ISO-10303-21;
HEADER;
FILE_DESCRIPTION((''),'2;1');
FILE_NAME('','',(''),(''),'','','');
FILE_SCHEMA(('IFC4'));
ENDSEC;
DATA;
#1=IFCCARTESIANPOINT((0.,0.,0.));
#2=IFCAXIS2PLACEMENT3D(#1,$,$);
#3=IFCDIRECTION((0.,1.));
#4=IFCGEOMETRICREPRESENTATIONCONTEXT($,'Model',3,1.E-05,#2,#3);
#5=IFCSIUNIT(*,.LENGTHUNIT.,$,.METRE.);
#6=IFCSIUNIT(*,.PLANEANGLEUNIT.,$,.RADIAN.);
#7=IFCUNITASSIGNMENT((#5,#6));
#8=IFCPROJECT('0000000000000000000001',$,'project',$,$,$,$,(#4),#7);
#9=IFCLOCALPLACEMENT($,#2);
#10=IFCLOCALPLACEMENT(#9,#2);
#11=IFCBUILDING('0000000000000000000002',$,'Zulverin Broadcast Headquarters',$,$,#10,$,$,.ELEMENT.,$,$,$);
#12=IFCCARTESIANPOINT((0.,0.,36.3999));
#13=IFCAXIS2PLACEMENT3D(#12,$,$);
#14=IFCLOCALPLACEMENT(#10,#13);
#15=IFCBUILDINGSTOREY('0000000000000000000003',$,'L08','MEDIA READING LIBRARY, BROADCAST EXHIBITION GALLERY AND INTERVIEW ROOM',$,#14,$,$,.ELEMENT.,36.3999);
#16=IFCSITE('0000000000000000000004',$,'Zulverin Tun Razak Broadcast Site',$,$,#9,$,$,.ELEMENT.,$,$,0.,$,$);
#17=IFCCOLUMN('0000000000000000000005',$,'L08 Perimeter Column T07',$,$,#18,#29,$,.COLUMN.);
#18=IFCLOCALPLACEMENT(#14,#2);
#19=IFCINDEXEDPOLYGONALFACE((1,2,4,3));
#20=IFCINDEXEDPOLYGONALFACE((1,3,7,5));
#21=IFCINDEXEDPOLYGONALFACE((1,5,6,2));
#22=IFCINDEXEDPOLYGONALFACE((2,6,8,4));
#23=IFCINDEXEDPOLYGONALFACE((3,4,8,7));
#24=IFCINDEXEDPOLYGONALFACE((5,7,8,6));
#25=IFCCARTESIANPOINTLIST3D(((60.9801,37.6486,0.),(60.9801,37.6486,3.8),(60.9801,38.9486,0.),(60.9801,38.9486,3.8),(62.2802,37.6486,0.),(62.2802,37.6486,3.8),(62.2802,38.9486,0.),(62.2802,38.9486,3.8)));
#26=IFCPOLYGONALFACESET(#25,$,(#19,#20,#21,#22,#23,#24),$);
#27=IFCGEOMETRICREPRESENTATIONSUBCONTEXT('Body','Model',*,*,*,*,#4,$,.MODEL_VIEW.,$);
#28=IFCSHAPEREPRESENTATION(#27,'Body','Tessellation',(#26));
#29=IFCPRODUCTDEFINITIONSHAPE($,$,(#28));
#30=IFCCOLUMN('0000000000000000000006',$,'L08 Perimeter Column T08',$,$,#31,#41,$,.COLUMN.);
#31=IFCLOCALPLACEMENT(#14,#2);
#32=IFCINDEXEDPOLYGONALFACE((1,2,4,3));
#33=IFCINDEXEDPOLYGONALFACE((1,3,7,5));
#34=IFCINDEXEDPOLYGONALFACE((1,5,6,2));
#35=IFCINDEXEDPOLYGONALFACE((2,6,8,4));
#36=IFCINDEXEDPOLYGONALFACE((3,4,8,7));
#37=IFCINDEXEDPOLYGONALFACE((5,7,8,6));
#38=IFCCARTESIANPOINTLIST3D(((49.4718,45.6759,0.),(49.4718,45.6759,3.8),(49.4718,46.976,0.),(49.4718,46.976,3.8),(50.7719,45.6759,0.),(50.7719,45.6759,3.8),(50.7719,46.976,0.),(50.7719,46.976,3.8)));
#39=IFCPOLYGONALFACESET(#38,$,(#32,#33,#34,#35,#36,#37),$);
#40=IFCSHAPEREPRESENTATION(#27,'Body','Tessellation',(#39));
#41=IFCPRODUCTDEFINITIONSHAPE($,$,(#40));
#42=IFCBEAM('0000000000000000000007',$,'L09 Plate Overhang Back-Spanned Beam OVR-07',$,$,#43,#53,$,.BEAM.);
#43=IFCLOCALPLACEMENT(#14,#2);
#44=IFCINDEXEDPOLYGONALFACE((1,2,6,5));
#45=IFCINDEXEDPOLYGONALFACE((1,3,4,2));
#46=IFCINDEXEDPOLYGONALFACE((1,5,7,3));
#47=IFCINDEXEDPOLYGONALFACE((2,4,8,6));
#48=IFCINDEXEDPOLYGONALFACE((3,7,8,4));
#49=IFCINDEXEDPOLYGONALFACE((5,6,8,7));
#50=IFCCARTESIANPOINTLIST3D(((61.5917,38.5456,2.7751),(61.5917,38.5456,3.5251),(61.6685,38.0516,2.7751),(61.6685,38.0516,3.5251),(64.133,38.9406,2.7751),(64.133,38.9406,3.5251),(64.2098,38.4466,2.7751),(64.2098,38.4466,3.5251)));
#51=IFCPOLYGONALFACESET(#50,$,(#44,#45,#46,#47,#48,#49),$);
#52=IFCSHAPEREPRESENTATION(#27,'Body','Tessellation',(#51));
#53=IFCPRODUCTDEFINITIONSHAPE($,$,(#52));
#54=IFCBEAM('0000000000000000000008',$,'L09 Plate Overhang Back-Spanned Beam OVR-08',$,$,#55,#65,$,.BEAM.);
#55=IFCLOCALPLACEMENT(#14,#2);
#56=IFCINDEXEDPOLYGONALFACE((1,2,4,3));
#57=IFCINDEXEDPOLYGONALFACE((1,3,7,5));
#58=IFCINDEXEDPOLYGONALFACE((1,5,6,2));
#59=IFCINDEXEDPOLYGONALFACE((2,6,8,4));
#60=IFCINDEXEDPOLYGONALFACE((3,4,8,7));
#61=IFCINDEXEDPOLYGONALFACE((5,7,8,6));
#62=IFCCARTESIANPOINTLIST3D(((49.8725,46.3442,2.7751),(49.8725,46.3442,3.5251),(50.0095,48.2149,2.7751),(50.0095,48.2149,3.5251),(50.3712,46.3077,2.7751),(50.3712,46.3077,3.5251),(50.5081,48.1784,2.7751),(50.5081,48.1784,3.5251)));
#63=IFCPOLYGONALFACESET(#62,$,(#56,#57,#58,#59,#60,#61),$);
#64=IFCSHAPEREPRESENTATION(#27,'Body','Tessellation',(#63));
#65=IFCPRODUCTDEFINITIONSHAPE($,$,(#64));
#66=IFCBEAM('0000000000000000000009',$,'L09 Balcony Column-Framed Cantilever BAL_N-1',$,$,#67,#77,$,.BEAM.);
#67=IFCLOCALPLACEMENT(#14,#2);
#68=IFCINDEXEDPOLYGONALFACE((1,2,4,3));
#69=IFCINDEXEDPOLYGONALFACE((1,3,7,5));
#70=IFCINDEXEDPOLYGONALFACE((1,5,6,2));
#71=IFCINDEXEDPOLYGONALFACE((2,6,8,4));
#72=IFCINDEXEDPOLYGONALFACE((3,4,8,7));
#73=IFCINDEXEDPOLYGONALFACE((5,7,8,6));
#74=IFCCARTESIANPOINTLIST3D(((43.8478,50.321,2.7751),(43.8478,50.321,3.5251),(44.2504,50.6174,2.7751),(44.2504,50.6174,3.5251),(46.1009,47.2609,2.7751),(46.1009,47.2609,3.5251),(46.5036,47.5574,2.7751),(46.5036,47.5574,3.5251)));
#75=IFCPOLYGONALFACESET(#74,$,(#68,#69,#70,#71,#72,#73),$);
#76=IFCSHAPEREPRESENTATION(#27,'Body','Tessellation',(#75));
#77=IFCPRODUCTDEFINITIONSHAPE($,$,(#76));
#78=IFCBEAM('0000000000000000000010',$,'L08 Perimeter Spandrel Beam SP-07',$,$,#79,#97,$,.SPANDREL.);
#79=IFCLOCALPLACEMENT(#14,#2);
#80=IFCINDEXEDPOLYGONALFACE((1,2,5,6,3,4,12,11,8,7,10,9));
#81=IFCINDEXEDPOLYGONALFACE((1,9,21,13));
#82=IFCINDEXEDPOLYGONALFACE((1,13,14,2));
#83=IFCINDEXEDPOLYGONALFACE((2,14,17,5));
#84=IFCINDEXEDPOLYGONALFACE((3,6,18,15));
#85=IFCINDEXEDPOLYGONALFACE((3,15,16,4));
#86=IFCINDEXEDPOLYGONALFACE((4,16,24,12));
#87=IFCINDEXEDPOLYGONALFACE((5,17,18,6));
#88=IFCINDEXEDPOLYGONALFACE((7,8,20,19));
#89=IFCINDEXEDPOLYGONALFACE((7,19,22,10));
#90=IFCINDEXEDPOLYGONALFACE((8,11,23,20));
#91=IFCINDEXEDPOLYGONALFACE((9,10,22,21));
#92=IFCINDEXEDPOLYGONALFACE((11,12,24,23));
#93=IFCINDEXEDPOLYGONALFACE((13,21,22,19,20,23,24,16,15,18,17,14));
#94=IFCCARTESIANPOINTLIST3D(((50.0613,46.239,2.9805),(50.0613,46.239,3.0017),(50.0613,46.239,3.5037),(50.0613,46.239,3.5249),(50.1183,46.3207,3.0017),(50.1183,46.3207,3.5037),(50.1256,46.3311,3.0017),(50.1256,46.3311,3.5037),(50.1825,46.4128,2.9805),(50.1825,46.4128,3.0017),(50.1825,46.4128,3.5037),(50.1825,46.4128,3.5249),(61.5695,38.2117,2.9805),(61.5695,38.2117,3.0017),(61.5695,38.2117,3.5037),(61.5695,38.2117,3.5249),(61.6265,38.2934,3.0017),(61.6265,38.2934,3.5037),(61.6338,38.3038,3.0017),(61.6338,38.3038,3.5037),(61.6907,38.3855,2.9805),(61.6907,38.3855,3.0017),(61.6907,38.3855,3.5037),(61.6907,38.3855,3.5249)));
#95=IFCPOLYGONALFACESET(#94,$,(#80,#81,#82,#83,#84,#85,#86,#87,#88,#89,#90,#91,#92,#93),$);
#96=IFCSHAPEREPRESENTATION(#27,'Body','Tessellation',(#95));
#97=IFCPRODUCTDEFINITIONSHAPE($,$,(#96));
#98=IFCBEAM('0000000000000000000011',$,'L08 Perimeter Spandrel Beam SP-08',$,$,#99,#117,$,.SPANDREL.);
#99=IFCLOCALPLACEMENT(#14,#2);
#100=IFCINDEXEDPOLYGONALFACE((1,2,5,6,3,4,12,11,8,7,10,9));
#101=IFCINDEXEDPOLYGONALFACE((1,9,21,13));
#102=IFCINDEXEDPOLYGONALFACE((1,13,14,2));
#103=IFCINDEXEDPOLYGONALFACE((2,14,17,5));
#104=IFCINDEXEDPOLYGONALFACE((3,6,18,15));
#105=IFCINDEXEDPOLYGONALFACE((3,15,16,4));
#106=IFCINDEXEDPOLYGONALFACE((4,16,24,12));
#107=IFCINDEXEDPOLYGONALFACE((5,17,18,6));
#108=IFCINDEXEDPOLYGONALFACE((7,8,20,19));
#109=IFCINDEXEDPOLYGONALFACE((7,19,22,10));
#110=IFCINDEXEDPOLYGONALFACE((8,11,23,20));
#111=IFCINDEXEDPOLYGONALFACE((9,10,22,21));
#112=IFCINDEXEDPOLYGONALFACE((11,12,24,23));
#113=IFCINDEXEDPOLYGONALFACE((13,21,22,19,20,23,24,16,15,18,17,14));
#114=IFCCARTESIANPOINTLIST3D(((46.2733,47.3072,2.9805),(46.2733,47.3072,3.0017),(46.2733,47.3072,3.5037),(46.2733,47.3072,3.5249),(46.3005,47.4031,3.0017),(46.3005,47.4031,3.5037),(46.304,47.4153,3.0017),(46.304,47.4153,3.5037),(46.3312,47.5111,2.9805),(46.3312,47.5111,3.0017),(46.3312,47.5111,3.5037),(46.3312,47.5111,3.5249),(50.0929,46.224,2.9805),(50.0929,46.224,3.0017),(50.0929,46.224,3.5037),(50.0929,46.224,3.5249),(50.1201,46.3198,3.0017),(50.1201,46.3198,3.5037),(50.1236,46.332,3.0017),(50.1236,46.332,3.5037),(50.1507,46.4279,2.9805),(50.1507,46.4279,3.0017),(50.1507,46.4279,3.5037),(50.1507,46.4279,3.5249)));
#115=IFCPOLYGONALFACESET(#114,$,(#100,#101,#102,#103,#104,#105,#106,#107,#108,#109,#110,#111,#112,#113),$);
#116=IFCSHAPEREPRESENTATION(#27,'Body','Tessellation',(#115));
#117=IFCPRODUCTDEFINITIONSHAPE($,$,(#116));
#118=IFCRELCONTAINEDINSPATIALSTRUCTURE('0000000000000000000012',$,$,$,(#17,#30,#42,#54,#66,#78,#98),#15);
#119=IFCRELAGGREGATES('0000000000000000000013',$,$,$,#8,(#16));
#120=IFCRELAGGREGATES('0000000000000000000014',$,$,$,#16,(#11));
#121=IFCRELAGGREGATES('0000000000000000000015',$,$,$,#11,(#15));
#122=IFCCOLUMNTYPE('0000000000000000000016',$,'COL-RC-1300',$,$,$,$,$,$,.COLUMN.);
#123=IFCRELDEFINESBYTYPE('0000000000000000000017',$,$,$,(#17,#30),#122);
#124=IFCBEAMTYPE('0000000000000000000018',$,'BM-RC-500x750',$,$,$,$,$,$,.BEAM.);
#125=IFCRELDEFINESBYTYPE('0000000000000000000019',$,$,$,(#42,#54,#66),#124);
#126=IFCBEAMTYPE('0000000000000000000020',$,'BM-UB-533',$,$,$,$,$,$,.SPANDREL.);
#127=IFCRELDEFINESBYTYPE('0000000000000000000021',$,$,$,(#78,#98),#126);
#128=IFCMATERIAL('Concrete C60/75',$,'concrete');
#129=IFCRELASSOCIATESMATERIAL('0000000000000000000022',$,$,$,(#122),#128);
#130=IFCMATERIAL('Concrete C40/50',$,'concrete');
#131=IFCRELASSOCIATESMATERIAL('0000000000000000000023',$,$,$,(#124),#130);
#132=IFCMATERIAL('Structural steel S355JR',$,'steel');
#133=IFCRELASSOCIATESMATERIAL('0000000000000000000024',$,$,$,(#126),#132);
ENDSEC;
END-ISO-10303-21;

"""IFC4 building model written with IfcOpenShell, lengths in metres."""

from ifc_helpers import new_model, si_unit, direction, frame, origin, origin_2d, place, context, subcontext, project, spatial, rectangle, i_section, extrude, material, material_profile, profile_set, type_object, element, save


model = new_model("IFC4")

# Units and contexts
model_context = context("Model", 3, precision=1e-05, world=origin(), true_north=direction((0.0, 1.0)))
body_context = subcontext(model_context, "Body", "Model", "MODEL_VIEW")
ifc_project = project(units=[si_unit("LENGTHUNIT", "METRE"), si_unit("PLANEANGLEUNIT", "RADIAN")], contexts=[model_context])

# Site, building, storey
site_placement = place(None, origin())
site = spatial("IfcSite", under=ifc_project, at=site_placement, Name="Zulverin Tun Razak Broadcast Site", CompositionType="ELEMENT", RefElevation=0.0)
building_placement = place(site_placement, origin())
building = spatial("IfcBuilding", under=site, at=building_placement, Name="Zulverin Broadcast Headquarters", CompositionType="ELEMENT")
storey_placement = place(building_placement, frame((0.0, 0.0, 36.3999)))
storey = spatial("IfcBuildingStorey", under=building, at=storey_placement, Name="L08", Description="MEDIA READING LIBRARY, BROADCAST EXHIBITION GALLERY AND INTERVIEW ROOM", CompositionType="ELEMENT", Elevation=36.3999)

# Columns
ifc_material_1 = material(Name="Concrete C60/75", Category="concrete")
ifc_material_profile_1 = material_profile(ifc_material_1, rectangle(XDim=1.3, YDim=1.3, at=origin_2d()), Name="Concrete C60/75", Category="concrete")
ifc_profile_set_1 = profile_set([ifc_material_profile_1], Name="Concrete C60/75")
column_type = type_object("IfcColumnType", Name="COL-RC-1300", PredefinedType="COLUMN", material=ifc_profile_set_1)
for number, where, z_axis, x_axis, name in (
    (1, (61.6301, 38.2986, 0.0), (0.0, 0.0, 1.0), (1.0, 0.0, 0.0), "L08 Perimeter Column T07"),
    (2, (50.1218, 46.3259, 0.0), (0.0, 0.0, 1.0), (1.0, 0.0, 0.0), "L08 Perimeter Column T08"),
):
    element("IfcColumn", number, at=place(storey_placement, frame(where, z_axis=z_axis, x_axis=x_axis)), inside=storey, type_object=column_type, Name=name, PredefinedType="COLUMN", context=body_context, shape_type="SweptSolid", body=[
        extrude(rectangle(XDim=1.3, YDim=1.3, at=origin_2d()), origin(), (0.0, 0.0, 1.0), 3.8),
    ])

# Beams
ifc_material_2 = material(Name="Concrete C40/50", Category="concrete")
ifc_material_profile_2 = material_profile(ifc_material_2, rectangle(XDim=0.5, YDim=0.75, at=origin_2d()), Name="Concrete C40/50", Category="concrete")
ifc_profile_set_2 = profile_set([ifc_material_profile_2], Name="Concrete C40/50")
beam_type_1 = type_object("IfcBeamType", Name="BM-RC-500x750", PredefinedType="BEAM", material=ifc_profile_set_2)
beam_1_placement = place(storey_placement, frame((61.6301, 38.2986, 3.1501), z_axis=(0.988133, 0.153598, 0.0), x_axis=(-0.153598, 0.988133, 0.0)))
element("IfcBeam", 3, at=beam_1_placement, inside=storey, type_object=beam_type_1, Name="L09 Plate Overhang Back-Spanned Beam OVR-07", PredefinedType="BEAM", context=body_context, shape_type="SweptSolid", body=[
    extrude(rectangle(XDim=0.5, YDim=0.75, at=origin_2d()), origin(), (0.0, 0.0, 1.0), 2.5718),
])
beam_2_placement = place(storey_placement, frame((50.1218, 46.3259, 3.1501), z_axis=(0.073023, 0.99733, 0.0), x_axis=(-0.99733, 0.073023, 0.0)))
element("IfcBeam", 4, at=beam_2_placement, inside=storey, type_object=beam_type_1, Name="L09 Plate Overhang Back-Spanned Beam OVR-08", PredefinedType="BEAM", context=body_context, shape_type="SweptSolid", body=[
    extrude(rectangle(XDim=0.5, YDim=0.75, at=origin_2d()), origin(), (0.0, 0.0, 1.0), 1.8757),
])
beam_3_placement = place(storey_placement, frame((46.3022, 47.4092, 3.1501), z_axis=(-0.592925, 0.805258, 0.0), x_axis=(-0.805258, -0.592925, 0.0)))
element("IfcBeam", 5, at=beam_3_placement, inside=storey, type_object=beam_type_1, Name="L09 Balcony Column-Framed Cantilever BAL_N-1", PredefinedType="BEAM", context=body_context, shape_type="SweptSolid", body=[
    extrude(rectangle(XDim=0.5, YDim=0.75, at=origin_2d()), origin(), (0.0, 0.0, 1.0), 3.8),
])
ifc_material_3 = material(Name="Structural steel S355JR", Category="steel")
ifc_material_profile_3 = material_profile(ifc_material_3, i_section(OverallWidth=0.2119, OverallDepth=0.5444, WebThickness=0.0127, FlangeThickness=0.0212, at=origin_2d()), Name="Structural steel S355JR", Category="steel")
ifc_profile_set_3 = profile_set([ifc_material_profile_3], Name="Structural steel S355JR")
beam_type_2 = type_object("IfcBeamType", Name="BM-UB-533", PredefinedType="SPANDREL", material=ifc_profile_set_3)
beam_4_placement = place(storey_placement, frame((61.6301, 38.2986, 3.2527), z_axis=(-0.820184, 0.5721, 0.0), x_axis=(-0.5721, -0.820184, 0.0)))
element("IfcBeam", 6, at=beam_4_placement, inside=storey, type_object=beam_type_2, Name="L08 Perimeter Spandrel Beam SP-07", PredefinedType="SPANDREL", context=body_context, shape_type="SweptSolid", body=[
    extrude(i_section(OverallWidth=0.2119, OverallDepth=0.5444, WebThickness=0.0127, FlangeThickness=0.0212, at=origin_2d()), origin(), (0.0, 0.0, 1.0), 14.0312),
])
beam_5_placement = place(storey_placement, frame((50.1218, 46.3259, 3.2527), z_axis=(-0.962058, 0.272844, 0.0), x_axis=(-0.272844, -0.962058, 0.0)))
element("IfcBeam", 7, at=beam_5_placement, inside=storey, type_object=beam_type_2, Name="L08 Perimeter Spandrel Beam SP-08", PredefinedType="SPANDREL", context=body_context, shape_type="SweptSolid", body=[
    extrude(i_section(OverallWidth=0.2119, OverallDepth=0.5444, WebThickness=0.0127, FlangeThickness=0.0212, at=origin_2d()), origin(), (0.0, 0.0, 1.0), 3.9702),
])

save(model, "model.ifc")
